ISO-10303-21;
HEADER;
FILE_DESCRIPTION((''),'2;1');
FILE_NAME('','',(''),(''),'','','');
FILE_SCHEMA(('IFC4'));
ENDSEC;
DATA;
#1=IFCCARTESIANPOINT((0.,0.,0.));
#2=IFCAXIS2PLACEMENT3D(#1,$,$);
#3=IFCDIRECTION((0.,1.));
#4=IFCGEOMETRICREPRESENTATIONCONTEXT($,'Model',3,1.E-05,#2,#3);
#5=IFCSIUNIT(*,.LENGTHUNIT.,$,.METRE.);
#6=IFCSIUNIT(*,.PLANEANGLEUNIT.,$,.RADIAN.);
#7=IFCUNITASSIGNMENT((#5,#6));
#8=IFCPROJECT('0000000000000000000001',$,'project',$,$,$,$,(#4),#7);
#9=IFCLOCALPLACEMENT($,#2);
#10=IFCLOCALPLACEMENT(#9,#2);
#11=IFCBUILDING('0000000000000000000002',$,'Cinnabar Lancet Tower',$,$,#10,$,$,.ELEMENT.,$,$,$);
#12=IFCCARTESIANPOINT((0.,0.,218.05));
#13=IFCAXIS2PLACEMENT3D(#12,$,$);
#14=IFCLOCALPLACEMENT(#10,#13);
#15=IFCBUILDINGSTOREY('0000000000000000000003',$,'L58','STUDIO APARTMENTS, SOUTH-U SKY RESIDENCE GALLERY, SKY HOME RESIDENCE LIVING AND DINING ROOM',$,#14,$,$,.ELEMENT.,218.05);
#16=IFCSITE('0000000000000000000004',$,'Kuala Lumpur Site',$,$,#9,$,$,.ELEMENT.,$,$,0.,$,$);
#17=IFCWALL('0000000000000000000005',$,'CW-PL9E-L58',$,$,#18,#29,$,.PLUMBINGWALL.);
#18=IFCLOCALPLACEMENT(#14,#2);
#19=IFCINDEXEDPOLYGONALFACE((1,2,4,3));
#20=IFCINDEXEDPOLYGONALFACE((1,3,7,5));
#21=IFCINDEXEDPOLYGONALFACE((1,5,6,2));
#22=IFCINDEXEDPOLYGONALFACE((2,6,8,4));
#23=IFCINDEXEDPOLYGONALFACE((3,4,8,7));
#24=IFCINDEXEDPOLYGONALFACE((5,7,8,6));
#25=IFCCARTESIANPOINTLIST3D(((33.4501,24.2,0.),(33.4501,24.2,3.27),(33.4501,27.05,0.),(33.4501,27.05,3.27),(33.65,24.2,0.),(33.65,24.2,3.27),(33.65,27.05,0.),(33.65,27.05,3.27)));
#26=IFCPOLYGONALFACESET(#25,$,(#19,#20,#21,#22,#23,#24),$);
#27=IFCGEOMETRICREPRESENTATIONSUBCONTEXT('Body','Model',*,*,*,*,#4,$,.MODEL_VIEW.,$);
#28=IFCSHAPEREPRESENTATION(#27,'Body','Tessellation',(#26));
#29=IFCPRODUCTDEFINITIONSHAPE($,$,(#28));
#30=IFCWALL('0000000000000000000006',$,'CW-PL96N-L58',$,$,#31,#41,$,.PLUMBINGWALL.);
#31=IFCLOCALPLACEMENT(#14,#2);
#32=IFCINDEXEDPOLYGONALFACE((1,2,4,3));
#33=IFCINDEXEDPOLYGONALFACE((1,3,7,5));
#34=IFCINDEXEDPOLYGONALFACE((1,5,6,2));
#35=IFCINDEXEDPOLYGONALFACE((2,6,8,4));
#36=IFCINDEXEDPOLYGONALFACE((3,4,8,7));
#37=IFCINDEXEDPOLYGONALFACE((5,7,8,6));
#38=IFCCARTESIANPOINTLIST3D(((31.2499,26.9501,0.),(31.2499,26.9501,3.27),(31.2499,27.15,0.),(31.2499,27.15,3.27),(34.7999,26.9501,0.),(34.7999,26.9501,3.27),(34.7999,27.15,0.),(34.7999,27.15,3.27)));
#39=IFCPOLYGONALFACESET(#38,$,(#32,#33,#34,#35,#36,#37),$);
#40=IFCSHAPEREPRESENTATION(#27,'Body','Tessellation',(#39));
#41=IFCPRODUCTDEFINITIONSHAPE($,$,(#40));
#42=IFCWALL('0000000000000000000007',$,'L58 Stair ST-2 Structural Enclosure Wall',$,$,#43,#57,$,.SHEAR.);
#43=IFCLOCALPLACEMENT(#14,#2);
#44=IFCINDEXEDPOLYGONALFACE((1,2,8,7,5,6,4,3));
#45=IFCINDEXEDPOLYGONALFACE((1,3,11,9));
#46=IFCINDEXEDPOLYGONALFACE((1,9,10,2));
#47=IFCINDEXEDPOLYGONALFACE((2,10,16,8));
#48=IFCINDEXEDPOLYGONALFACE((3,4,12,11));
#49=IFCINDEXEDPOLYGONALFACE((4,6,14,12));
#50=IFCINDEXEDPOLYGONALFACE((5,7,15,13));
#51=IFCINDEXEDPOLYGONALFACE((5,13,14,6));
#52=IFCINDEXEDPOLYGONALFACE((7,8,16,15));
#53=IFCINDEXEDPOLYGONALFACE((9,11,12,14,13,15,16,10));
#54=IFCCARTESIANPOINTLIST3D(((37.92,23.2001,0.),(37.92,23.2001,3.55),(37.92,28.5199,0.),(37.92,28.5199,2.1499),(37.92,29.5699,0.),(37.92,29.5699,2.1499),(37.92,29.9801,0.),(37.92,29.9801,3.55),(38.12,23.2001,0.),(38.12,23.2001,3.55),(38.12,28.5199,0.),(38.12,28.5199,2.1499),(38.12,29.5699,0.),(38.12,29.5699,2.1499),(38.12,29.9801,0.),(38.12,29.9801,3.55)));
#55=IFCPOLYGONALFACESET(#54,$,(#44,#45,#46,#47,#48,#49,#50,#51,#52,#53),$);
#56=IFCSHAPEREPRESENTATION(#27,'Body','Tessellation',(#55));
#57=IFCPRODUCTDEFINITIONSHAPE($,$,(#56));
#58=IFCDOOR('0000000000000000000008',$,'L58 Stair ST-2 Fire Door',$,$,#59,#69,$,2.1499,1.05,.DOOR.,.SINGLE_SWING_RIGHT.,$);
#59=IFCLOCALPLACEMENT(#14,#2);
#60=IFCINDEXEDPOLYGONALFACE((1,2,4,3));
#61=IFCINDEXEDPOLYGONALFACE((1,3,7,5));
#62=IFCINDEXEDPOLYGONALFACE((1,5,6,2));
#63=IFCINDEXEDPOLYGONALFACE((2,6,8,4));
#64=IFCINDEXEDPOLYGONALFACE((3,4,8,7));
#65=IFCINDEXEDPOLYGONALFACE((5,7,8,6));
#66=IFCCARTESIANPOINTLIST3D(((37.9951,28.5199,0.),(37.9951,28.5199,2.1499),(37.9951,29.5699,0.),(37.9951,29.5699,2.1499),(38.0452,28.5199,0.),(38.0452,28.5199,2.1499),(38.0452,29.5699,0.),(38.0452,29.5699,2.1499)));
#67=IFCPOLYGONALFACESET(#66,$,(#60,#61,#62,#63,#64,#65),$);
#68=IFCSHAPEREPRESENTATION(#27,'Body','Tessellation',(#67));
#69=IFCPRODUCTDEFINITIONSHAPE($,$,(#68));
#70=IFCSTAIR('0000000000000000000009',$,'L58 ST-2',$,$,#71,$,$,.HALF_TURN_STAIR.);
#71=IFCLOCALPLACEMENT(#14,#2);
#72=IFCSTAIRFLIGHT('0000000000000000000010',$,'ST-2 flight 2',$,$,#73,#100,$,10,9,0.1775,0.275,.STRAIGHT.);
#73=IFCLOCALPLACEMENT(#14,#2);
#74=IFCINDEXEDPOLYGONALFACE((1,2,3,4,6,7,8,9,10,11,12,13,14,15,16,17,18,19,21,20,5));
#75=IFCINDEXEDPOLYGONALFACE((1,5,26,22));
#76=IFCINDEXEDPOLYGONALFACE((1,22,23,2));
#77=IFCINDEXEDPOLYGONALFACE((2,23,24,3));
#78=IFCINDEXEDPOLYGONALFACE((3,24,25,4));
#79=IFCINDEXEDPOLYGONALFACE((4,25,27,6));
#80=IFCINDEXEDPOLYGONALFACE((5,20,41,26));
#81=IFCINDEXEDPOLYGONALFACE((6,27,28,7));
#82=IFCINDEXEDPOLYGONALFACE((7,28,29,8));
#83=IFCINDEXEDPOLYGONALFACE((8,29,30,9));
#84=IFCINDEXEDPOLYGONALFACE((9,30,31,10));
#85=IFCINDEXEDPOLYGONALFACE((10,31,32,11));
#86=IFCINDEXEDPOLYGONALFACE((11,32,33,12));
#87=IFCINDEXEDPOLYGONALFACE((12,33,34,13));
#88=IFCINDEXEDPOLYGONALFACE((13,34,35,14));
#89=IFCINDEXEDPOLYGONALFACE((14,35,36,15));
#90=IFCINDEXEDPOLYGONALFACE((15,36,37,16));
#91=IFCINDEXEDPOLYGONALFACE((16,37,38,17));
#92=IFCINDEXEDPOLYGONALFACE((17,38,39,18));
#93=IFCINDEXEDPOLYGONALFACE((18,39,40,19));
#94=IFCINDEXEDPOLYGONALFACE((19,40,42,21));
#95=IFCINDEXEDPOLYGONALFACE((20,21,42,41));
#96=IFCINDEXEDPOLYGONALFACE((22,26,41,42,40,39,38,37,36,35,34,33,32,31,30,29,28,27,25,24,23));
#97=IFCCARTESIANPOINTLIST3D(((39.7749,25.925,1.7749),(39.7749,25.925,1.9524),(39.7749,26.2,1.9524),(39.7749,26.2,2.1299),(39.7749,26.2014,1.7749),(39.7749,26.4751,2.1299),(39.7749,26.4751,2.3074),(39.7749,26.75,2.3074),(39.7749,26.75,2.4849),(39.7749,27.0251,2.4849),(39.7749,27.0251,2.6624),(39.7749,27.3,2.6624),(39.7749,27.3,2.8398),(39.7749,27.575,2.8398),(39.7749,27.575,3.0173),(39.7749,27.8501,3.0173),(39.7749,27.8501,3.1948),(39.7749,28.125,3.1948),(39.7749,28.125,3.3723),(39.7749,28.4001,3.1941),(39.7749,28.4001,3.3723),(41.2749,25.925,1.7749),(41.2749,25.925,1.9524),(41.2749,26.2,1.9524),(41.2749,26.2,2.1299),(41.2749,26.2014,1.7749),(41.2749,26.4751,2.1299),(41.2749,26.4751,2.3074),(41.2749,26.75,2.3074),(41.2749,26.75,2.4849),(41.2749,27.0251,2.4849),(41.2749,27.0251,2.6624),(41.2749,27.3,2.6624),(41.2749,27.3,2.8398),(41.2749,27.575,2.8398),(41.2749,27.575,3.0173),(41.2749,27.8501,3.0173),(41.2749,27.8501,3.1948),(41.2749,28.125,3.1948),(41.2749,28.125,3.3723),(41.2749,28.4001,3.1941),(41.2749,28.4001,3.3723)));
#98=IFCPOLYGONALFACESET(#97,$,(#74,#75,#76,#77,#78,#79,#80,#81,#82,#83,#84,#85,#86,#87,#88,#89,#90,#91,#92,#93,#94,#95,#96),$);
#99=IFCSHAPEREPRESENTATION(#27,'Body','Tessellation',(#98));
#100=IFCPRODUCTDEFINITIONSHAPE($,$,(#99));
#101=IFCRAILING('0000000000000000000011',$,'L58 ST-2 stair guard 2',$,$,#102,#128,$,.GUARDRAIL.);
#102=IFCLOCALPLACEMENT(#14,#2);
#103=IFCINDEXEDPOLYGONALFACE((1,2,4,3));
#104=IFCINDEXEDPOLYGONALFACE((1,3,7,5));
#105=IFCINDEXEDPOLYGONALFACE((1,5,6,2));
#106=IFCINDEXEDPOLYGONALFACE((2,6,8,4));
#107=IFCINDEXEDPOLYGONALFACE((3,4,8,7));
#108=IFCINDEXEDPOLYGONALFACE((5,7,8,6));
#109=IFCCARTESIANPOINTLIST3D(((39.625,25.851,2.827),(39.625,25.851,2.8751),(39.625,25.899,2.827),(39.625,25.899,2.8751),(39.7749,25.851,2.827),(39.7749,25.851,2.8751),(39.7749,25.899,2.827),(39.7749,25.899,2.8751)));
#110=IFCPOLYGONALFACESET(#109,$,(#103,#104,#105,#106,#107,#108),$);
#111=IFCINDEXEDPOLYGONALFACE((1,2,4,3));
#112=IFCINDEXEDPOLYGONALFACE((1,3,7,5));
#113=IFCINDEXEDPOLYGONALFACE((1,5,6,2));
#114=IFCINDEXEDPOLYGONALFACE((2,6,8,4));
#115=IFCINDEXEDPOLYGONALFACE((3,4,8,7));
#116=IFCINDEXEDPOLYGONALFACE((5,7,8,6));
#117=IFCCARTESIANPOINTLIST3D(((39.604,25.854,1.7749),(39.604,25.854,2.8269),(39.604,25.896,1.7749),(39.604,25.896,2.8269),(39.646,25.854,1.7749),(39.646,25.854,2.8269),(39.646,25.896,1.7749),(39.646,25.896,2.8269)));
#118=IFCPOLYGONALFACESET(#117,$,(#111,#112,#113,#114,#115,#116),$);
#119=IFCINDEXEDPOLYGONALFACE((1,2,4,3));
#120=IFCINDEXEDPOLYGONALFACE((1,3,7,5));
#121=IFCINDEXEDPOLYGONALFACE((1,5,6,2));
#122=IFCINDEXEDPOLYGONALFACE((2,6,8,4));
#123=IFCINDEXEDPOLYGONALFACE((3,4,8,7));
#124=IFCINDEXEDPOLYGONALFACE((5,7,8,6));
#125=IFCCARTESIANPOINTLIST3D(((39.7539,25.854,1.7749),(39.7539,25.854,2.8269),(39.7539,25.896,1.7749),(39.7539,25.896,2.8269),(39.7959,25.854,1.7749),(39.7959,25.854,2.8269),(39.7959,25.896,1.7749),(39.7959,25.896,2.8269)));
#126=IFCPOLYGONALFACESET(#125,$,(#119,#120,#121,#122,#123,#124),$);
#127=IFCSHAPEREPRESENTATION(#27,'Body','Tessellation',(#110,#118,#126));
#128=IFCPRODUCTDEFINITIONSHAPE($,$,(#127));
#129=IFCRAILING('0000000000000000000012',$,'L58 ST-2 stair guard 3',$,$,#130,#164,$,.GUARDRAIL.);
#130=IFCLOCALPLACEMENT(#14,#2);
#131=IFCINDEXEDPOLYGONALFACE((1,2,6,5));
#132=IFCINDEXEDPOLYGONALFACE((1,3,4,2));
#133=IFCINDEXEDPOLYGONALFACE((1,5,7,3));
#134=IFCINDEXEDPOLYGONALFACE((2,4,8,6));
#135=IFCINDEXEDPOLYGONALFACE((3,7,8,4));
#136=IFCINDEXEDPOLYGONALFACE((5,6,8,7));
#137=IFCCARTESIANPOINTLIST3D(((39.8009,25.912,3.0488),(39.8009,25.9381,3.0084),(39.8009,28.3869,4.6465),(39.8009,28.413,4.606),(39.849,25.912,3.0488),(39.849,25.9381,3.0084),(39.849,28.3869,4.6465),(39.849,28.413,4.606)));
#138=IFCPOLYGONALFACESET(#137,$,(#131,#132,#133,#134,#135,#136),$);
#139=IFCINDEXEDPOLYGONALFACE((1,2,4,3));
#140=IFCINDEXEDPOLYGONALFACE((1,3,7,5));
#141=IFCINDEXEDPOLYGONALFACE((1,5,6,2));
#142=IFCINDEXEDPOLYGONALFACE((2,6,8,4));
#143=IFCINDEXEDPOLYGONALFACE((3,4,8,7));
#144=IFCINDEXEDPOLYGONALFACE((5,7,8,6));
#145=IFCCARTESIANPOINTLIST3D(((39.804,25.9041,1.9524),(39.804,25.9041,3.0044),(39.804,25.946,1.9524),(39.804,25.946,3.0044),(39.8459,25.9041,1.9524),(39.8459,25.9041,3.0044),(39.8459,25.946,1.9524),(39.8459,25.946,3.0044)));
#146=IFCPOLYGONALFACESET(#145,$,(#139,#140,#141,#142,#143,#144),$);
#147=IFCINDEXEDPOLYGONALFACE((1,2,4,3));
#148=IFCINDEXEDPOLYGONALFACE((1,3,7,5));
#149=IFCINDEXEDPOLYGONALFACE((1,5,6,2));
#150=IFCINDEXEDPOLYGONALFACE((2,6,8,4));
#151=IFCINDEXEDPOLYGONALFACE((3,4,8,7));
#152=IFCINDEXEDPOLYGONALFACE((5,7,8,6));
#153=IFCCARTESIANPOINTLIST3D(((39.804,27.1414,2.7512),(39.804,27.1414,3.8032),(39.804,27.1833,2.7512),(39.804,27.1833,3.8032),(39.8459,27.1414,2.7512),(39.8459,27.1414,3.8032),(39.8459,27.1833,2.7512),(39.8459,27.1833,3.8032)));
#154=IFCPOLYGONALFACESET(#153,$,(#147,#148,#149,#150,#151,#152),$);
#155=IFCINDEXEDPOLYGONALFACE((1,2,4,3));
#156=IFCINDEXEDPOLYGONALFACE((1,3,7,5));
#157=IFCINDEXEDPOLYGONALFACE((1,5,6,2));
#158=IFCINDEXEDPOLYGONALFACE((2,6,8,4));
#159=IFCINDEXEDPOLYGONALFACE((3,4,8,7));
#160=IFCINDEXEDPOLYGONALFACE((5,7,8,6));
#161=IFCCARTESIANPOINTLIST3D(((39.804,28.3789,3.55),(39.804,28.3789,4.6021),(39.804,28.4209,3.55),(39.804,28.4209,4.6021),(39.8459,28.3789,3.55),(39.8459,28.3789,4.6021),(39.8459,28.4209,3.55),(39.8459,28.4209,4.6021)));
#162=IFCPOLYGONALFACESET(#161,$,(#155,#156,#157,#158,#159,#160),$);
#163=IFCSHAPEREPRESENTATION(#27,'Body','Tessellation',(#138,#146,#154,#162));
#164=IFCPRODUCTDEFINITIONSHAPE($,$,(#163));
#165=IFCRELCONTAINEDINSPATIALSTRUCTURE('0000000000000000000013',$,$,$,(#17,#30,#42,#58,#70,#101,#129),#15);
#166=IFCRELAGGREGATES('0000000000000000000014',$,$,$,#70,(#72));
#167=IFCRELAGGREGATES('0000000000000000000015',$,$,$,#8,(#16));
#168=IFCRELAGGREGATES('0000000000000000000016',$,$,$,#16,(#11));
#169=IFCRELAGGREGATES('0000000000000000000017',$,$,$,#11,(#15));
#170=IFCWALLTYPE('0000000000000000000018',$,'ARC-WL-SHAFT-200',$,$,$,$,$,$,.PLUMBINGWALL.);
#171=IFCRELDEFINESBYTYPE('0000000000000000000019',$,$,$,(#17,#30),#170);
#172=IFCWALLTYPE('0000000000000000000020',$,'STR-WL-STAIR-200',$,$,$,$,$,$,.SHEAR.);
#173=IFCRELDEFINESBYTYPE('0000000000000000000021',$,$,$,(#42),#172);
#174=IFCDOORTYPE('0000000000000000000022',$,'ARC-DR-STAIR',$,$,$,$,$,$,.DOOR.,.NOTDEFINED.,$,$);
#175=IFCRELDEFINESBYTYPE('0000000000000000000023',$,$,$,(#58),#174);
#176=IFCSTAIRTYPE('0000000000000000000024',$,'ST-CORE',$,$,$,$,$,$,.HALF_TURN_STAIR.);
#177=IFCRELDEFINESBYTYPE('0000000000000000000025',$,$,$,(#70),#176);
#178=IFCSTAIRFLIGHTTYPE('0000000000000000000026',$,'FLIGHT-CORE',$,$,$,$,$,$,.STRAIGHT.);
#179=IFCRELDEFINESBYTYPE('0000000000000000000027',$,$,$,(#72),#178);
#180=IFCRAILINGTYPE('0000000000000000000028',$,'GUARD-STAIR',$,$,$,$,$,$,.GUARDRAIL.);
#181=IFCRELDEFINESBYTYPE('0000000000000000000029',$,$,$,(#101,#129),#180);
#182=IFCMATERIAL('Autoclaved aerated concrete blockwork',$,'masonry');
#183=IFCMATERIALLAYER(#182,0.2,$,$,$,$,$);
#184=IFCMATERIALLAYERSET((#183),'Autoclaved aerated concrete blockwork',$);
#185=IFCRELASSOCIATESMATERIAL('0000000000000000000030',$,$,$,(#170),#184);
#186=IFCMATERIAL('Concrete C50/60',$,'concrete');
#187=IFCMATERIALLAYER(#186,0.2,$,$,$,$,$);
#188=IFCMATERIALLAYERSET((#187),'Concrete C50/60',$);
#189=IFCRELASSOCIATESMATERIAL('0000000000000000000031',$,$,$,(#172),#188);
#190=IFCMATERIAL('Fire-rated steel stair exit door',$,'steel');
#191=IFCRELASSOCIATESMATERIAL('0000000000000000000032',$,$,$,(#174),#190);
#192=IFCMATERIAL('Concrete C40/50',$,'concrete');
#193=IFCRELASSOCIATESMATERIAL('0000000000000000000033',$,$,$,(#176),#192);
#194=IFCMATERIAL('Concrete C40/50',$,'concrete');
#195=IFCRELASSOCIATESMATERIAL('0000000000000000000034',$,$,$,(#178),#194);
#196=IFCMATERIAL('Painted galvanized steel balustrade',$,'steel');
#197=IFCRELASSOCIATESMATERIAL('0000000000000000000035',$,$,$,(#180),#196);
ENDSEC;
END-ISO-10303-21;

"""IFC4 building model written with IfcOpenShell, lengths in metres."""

from ifc_helpers import new_model, si_unit, direction, frame, frame_2d, origin, origin_2d, place, context, subcontext, project, spatial, polyline, rectangle, outline, extrude, material, layer, layer_set, type_object, element, fill, aggregate, save


model = new_model("IFC4")

# Units and contexts
model_context = context("Model", 3, precision=1e-05, world=origin(), true_north=direction((0.0, 1.0)))
body_context = subcontext(model_context, "Body", "Model", "MODEL_VIEW")
ifc_project = project(units=[si_unit("LENGTHUNIT", "METRE"), si_unit("PLANEANGLEUNIT", "RADIAN")], contexts=[model_context])

# Site, building, storey
site_placement = place(None, origin())
site = spatial("IfcSite", under=ifc_project, at=site_placement, Name="Kuala Lumpur Site", CompositionType="ELEMENT", RefElevation=0.0)
building_placement = place(site_placement, origin())
building = spatial("IfcBuilding", under=site, at=building_placement, Name="Cinnabar Lancet Tower", CompositionType="ELEMENT")
storey_placement = place(building_placement, frame((0.0, 0.0, 218.05)))
storey = spatial("IfcBuildingStorey", under=building, at=storey_placement, Name="L58", Description="STUDIO APARTMENTS, SOUTH-U SKY RESIDENCE GALLERY, SKY HOME RESIDENCE LIVING AND DINING ROOM", CompositionType="ELEMENT", Elevation=218.05)

# Shared definitions
ifc_material_1 = material(Name="Autoclaved aerated concrete blockwork", Category="masonry")
ifc_layer_1 = layer(ifc_material_1, 0.2)
ifc_layer_set_1 = layer_set([ifc_layer_1], Name="Autoclaved aerated concrete blockwork")
wall_type_1 = type_object("IfcWallType", Name="ARC-WL-SHAFT-200", PredefinedType="PLUMBINGWALL", material=ifc_layer_set_1)

# Walls
for number, where, z_axis, x_axis, name in (
    (1, (33.55, 24.2, 0.0), (0.0, 0.0, 1.0), (0.0, 1.0, 0.0), "CW-PL9E-L58"),
):
    element("IfcWall", number, at=place(storey_placement, frame(where, z_axis=z_axis, x_axis=x_axis)), inside=storey, type_object=wall_type_1, Name=name, PredefinedType="PLUMBINGWALL", context=body_context, shape_type="SweptSolid", body=[
        extrude(rectangle(XDim=2.8501, YDim=0.2, at=frame_2d((1.425, 0.0))), origin(), (0.0, 0.0, 1.0), 3.27),
    ])
wall_1_placement = place(storey_placement, frame((31.25, 27.05, 0.0), z_axis=(0.0, 0.0, 1.0), x_axis=(1.0, 0.0, 0.0)))
element("IfcWall", 2, at=wall_1_placement, inside=storey, type_object=wall_type_1, Name="CW-PL96N-L58", PredefinedType="PLUMBINGWALL", context=body_context, shape_type="SweptSolid", body=[
    extrude(rectangle(XDim=3.55, YDim=0.2, at=frame_2d((1.7749, 0.0))), origin(), (0.0, 0.0, 1.0), 3.27),
])

# Wall, opening, door
ifc_material_2 = material(Name="Concrete C50/60", Category="concrete")
ifc_layer_2 = layer(ifc_material_2, 0.2)
ifc_layer_set_2 = layer_set([ifc_layer_2], Name="Concrete C50/60")
wall_type_2 = type_object("IfcWallType", Name="STR-WL-STAIR-200", PredefinedType="SHEAR", material=ifc_layer_set_2)
wall_2_placement = place(storey_placement, frame((38.02, 23.2, 0.0), z_axis=(0.0, 0.0, 1.0), x_axis=(0.0, 1.0, 0.0)))
wall_2 = element("IfcWall", 3, at=wall_2_placement, inside=storey, type_object=wall_type_2, Name="L58 Stair ST-2 Structural Enclosure Wall", PredefinedType="SHEAR", context=body_context, shape_type="SweptSolid", body=[
    extrude(rectangle(XDim=6.78, YDim=0.2, at=frame_2d((3.3901, 0.0))), origin(), (0.0, 0.0, 1.0), 3.55),
])
opening_1_placement = place(wall_2_placement, frame((5.3201, 0.0, 0.0)))
opening_1 = element("IfcOpeningElement", 4, at=opening_1_placement, cuts=wall_2, PredefinedType="OPENING", context=body_context, shape_type="SweptSolid", body=[
    extrude(rectangle(XDim=1.05, YDim=2.1499, at=frame_2d((0.5249, 1.075))), frame((0.0, 0.1099, 0.0), z_axis=(0.0, -1.0, 0.0), x_axis=(1.0, 0.0, 0.0)), (0.0, 0.0, 1.0), 0.22),
])
ifc_material_3 = material(Name="Fire-rated steel stair exit door", Category="steel")
door_type_1 = type_object("IfcDoorType", Name="ARC-DR-STAIR", OperationType="NOTDEFINED", PredefinedType="DOOR", material=ifc_material_3)
door_1_placement = place(opening_1_placement, origin())
door_1 = element("IfcDoor", 5, at=door_1_placement, inside=storey, type_object=door_type_1, Name="L58 Stair ST-2 Fire Door", OperationType="SINGLE_SWING_RIGHT", OverallHeight=2.1499, OverallWidth=1.05, PredefinedType="DOOR", context=body_context, shape_type="SweptSolid", body=[
    extrude(rectangle(XDim=1.05, YDim=2.1499, at=frame_2d((0.5249, 1.075))), frame((0.0, 0.0249, 0.0), z_axis=(0.0, -1.0, 0.0), x_axis=(1.0, 0.0, 0.0)), (0.0, 0.0, 1.0), 0.05),
])
fill(opening_1, door_1)

# Stair, stair flight
ifc_material_4 = material(Name="Concrete C40/50", Category="concrete")
stair_type = type_object("IfcStairType", Name="ST-CORE", PredefinedType="HALF_TURN_STAIR", material=ifc_material_4)
stair_placement = place(storey_placement, origin())
stair = element("IfcStair", 6, at=stair_placement, inside=storey, type_object=stair_type, Name="L58 ST-2", PredefinedType="HALF_TURN_STAIR")
ifc_material_5 = material(Name="Concrete C40/50", Category="concrete")
stair_flight_type = type_object("IfcStairFlightType", Name="FLIGHT-CORE", PredefinedType="STRAIGHT", material=ifc_material_5)
stair_flight_placement = place(storey_placement, frame((40.5249, 25.925, 1.7749), z_axis=(0.0, 0.0, 1.0), x_axis=(0.0, 1.0, 0.0)))
stair_flight = element("IfcStairFlight", 7, at=stair_flight_placement, type_object=stair_flight_type, Name="ST-2 flight 2", NumberOfRisers=10, NumberOfTreads=9, PredefinedType="STRAIGHT", RiserHeight=0.1775, TreadLength=0.275, context=body_context, shape_type="SweptSolid", body=[
    extrude(outline(polyline([(0.0, 0.0), (0.0, 0.1775), (0.2749, 0.1775), (0.2749, 0.355), (0.55, 0.355), (0.55, 0.5325), (0.825, 0.5325), (0.825, 0.71), (1.1001, 0.71), (1.1001, 0.8875), (1.375, 0.8875), (1.375, 1.0649), (1.6499, 1.0649), (1.6499, 1.2424), (1.925, 1.2424), (1.925, 1.4199), (2.2, 1.4199), (2.2, 1.5974), (2.4751, 1.5974), (2.4751, 1.7749), (2.4751, 1.4192), (0.2764, 0.0), (0.0, 0.0)])), frame((0.0, 0.75, 0.0), z_axis=(0.0, -1.0, 0.0), x_axis=(1.0, 0.0, 0.0)), (0.0, 0.0, 1.0), 1.5),
])
aggregate(stair, [stair_flight])

# Railings
ifc_material_6 = material(Name="Painted galvanized steel balustrade", Category="steel")
railing_type_1 = type_object("IfcRailingType", Name="GUARD-STAIR", PredefinedType="GUARDRAIL", material=ifc_material_6)
railing_1_placement = place(storey_placement, frame((39.625, 25.875, 1.7749)))
element("IfcRailing", 8, at=railing_1_placement, inside=storey, type_object=railing_type_1, Name="L58 ST-2 stair guard 2", PredefinedType="GUARDRAIL", context=body_context, shape_type="SweptSolid", body=[
    extrude(rectangle(XDim=0.0481, YDim=0.0481, at=origin_2d()), frame((0.0, 0.0, 1.0762), z_axis=(1.0, 0.0, 0.0), x_axis=(0.0, 1.0, 0.0)), (0.0, 0.0, 1.0), 0.1499),
    extrude(rectangle(XDim=0.042, YDim=0.042, at=origin_2d()), origin(), (0.0, 0.0, 1.0), 1.052),
    extrude(rectangle(XDim=0.042, YDim=0.042, at=origin_2d()), frame((0.1499, 0.0, 0.0)), (0.0, 0.0, 1.0), 1.052),
])
railing_2_placement = place(storey_placement, frame((39.825, 25.925, 1.9524)))
element("IfcRailing", 9, at=railing_2_placement, inside=storey, type_object=railing_type_1, Name="L58 ST-2 stair guard 3", PredefinedType="GUARDRAIL", context=body_context, shape_type="SweptSolid", body=[
    extrude(rectangle(XDim=0.0481, YDim=0.0481, at=origin_2d()), frame((0.0, 0.0, 1.0762), z_axis=(0.0, 0.840146, 0.542361), x_axis=(-1.0, 0.0, 0.0)), (0.0, 0.0, 1.0), 2.9458),
    extrude(rectangle(XDim=0.042, YDim=0.042, at=origin_2d()), origin(), (0.0, 0.0, 1.0), 1.052),
    extrude(rectangle(XDim=0.042, YDim=0.042, at=origin_2d()), frame((0.0, 1.2373, 0.7988)), (0.0, 0.0, 1.0), 1.052),
    extrude(rectangle(XDim=0.042, YDim=0.042, at=origin_2d()), frame((0.0, 2.4749, 1.5977)), (0.0, 0.0, 1.0), 1.052),
])

save(model, "model.ifc")
